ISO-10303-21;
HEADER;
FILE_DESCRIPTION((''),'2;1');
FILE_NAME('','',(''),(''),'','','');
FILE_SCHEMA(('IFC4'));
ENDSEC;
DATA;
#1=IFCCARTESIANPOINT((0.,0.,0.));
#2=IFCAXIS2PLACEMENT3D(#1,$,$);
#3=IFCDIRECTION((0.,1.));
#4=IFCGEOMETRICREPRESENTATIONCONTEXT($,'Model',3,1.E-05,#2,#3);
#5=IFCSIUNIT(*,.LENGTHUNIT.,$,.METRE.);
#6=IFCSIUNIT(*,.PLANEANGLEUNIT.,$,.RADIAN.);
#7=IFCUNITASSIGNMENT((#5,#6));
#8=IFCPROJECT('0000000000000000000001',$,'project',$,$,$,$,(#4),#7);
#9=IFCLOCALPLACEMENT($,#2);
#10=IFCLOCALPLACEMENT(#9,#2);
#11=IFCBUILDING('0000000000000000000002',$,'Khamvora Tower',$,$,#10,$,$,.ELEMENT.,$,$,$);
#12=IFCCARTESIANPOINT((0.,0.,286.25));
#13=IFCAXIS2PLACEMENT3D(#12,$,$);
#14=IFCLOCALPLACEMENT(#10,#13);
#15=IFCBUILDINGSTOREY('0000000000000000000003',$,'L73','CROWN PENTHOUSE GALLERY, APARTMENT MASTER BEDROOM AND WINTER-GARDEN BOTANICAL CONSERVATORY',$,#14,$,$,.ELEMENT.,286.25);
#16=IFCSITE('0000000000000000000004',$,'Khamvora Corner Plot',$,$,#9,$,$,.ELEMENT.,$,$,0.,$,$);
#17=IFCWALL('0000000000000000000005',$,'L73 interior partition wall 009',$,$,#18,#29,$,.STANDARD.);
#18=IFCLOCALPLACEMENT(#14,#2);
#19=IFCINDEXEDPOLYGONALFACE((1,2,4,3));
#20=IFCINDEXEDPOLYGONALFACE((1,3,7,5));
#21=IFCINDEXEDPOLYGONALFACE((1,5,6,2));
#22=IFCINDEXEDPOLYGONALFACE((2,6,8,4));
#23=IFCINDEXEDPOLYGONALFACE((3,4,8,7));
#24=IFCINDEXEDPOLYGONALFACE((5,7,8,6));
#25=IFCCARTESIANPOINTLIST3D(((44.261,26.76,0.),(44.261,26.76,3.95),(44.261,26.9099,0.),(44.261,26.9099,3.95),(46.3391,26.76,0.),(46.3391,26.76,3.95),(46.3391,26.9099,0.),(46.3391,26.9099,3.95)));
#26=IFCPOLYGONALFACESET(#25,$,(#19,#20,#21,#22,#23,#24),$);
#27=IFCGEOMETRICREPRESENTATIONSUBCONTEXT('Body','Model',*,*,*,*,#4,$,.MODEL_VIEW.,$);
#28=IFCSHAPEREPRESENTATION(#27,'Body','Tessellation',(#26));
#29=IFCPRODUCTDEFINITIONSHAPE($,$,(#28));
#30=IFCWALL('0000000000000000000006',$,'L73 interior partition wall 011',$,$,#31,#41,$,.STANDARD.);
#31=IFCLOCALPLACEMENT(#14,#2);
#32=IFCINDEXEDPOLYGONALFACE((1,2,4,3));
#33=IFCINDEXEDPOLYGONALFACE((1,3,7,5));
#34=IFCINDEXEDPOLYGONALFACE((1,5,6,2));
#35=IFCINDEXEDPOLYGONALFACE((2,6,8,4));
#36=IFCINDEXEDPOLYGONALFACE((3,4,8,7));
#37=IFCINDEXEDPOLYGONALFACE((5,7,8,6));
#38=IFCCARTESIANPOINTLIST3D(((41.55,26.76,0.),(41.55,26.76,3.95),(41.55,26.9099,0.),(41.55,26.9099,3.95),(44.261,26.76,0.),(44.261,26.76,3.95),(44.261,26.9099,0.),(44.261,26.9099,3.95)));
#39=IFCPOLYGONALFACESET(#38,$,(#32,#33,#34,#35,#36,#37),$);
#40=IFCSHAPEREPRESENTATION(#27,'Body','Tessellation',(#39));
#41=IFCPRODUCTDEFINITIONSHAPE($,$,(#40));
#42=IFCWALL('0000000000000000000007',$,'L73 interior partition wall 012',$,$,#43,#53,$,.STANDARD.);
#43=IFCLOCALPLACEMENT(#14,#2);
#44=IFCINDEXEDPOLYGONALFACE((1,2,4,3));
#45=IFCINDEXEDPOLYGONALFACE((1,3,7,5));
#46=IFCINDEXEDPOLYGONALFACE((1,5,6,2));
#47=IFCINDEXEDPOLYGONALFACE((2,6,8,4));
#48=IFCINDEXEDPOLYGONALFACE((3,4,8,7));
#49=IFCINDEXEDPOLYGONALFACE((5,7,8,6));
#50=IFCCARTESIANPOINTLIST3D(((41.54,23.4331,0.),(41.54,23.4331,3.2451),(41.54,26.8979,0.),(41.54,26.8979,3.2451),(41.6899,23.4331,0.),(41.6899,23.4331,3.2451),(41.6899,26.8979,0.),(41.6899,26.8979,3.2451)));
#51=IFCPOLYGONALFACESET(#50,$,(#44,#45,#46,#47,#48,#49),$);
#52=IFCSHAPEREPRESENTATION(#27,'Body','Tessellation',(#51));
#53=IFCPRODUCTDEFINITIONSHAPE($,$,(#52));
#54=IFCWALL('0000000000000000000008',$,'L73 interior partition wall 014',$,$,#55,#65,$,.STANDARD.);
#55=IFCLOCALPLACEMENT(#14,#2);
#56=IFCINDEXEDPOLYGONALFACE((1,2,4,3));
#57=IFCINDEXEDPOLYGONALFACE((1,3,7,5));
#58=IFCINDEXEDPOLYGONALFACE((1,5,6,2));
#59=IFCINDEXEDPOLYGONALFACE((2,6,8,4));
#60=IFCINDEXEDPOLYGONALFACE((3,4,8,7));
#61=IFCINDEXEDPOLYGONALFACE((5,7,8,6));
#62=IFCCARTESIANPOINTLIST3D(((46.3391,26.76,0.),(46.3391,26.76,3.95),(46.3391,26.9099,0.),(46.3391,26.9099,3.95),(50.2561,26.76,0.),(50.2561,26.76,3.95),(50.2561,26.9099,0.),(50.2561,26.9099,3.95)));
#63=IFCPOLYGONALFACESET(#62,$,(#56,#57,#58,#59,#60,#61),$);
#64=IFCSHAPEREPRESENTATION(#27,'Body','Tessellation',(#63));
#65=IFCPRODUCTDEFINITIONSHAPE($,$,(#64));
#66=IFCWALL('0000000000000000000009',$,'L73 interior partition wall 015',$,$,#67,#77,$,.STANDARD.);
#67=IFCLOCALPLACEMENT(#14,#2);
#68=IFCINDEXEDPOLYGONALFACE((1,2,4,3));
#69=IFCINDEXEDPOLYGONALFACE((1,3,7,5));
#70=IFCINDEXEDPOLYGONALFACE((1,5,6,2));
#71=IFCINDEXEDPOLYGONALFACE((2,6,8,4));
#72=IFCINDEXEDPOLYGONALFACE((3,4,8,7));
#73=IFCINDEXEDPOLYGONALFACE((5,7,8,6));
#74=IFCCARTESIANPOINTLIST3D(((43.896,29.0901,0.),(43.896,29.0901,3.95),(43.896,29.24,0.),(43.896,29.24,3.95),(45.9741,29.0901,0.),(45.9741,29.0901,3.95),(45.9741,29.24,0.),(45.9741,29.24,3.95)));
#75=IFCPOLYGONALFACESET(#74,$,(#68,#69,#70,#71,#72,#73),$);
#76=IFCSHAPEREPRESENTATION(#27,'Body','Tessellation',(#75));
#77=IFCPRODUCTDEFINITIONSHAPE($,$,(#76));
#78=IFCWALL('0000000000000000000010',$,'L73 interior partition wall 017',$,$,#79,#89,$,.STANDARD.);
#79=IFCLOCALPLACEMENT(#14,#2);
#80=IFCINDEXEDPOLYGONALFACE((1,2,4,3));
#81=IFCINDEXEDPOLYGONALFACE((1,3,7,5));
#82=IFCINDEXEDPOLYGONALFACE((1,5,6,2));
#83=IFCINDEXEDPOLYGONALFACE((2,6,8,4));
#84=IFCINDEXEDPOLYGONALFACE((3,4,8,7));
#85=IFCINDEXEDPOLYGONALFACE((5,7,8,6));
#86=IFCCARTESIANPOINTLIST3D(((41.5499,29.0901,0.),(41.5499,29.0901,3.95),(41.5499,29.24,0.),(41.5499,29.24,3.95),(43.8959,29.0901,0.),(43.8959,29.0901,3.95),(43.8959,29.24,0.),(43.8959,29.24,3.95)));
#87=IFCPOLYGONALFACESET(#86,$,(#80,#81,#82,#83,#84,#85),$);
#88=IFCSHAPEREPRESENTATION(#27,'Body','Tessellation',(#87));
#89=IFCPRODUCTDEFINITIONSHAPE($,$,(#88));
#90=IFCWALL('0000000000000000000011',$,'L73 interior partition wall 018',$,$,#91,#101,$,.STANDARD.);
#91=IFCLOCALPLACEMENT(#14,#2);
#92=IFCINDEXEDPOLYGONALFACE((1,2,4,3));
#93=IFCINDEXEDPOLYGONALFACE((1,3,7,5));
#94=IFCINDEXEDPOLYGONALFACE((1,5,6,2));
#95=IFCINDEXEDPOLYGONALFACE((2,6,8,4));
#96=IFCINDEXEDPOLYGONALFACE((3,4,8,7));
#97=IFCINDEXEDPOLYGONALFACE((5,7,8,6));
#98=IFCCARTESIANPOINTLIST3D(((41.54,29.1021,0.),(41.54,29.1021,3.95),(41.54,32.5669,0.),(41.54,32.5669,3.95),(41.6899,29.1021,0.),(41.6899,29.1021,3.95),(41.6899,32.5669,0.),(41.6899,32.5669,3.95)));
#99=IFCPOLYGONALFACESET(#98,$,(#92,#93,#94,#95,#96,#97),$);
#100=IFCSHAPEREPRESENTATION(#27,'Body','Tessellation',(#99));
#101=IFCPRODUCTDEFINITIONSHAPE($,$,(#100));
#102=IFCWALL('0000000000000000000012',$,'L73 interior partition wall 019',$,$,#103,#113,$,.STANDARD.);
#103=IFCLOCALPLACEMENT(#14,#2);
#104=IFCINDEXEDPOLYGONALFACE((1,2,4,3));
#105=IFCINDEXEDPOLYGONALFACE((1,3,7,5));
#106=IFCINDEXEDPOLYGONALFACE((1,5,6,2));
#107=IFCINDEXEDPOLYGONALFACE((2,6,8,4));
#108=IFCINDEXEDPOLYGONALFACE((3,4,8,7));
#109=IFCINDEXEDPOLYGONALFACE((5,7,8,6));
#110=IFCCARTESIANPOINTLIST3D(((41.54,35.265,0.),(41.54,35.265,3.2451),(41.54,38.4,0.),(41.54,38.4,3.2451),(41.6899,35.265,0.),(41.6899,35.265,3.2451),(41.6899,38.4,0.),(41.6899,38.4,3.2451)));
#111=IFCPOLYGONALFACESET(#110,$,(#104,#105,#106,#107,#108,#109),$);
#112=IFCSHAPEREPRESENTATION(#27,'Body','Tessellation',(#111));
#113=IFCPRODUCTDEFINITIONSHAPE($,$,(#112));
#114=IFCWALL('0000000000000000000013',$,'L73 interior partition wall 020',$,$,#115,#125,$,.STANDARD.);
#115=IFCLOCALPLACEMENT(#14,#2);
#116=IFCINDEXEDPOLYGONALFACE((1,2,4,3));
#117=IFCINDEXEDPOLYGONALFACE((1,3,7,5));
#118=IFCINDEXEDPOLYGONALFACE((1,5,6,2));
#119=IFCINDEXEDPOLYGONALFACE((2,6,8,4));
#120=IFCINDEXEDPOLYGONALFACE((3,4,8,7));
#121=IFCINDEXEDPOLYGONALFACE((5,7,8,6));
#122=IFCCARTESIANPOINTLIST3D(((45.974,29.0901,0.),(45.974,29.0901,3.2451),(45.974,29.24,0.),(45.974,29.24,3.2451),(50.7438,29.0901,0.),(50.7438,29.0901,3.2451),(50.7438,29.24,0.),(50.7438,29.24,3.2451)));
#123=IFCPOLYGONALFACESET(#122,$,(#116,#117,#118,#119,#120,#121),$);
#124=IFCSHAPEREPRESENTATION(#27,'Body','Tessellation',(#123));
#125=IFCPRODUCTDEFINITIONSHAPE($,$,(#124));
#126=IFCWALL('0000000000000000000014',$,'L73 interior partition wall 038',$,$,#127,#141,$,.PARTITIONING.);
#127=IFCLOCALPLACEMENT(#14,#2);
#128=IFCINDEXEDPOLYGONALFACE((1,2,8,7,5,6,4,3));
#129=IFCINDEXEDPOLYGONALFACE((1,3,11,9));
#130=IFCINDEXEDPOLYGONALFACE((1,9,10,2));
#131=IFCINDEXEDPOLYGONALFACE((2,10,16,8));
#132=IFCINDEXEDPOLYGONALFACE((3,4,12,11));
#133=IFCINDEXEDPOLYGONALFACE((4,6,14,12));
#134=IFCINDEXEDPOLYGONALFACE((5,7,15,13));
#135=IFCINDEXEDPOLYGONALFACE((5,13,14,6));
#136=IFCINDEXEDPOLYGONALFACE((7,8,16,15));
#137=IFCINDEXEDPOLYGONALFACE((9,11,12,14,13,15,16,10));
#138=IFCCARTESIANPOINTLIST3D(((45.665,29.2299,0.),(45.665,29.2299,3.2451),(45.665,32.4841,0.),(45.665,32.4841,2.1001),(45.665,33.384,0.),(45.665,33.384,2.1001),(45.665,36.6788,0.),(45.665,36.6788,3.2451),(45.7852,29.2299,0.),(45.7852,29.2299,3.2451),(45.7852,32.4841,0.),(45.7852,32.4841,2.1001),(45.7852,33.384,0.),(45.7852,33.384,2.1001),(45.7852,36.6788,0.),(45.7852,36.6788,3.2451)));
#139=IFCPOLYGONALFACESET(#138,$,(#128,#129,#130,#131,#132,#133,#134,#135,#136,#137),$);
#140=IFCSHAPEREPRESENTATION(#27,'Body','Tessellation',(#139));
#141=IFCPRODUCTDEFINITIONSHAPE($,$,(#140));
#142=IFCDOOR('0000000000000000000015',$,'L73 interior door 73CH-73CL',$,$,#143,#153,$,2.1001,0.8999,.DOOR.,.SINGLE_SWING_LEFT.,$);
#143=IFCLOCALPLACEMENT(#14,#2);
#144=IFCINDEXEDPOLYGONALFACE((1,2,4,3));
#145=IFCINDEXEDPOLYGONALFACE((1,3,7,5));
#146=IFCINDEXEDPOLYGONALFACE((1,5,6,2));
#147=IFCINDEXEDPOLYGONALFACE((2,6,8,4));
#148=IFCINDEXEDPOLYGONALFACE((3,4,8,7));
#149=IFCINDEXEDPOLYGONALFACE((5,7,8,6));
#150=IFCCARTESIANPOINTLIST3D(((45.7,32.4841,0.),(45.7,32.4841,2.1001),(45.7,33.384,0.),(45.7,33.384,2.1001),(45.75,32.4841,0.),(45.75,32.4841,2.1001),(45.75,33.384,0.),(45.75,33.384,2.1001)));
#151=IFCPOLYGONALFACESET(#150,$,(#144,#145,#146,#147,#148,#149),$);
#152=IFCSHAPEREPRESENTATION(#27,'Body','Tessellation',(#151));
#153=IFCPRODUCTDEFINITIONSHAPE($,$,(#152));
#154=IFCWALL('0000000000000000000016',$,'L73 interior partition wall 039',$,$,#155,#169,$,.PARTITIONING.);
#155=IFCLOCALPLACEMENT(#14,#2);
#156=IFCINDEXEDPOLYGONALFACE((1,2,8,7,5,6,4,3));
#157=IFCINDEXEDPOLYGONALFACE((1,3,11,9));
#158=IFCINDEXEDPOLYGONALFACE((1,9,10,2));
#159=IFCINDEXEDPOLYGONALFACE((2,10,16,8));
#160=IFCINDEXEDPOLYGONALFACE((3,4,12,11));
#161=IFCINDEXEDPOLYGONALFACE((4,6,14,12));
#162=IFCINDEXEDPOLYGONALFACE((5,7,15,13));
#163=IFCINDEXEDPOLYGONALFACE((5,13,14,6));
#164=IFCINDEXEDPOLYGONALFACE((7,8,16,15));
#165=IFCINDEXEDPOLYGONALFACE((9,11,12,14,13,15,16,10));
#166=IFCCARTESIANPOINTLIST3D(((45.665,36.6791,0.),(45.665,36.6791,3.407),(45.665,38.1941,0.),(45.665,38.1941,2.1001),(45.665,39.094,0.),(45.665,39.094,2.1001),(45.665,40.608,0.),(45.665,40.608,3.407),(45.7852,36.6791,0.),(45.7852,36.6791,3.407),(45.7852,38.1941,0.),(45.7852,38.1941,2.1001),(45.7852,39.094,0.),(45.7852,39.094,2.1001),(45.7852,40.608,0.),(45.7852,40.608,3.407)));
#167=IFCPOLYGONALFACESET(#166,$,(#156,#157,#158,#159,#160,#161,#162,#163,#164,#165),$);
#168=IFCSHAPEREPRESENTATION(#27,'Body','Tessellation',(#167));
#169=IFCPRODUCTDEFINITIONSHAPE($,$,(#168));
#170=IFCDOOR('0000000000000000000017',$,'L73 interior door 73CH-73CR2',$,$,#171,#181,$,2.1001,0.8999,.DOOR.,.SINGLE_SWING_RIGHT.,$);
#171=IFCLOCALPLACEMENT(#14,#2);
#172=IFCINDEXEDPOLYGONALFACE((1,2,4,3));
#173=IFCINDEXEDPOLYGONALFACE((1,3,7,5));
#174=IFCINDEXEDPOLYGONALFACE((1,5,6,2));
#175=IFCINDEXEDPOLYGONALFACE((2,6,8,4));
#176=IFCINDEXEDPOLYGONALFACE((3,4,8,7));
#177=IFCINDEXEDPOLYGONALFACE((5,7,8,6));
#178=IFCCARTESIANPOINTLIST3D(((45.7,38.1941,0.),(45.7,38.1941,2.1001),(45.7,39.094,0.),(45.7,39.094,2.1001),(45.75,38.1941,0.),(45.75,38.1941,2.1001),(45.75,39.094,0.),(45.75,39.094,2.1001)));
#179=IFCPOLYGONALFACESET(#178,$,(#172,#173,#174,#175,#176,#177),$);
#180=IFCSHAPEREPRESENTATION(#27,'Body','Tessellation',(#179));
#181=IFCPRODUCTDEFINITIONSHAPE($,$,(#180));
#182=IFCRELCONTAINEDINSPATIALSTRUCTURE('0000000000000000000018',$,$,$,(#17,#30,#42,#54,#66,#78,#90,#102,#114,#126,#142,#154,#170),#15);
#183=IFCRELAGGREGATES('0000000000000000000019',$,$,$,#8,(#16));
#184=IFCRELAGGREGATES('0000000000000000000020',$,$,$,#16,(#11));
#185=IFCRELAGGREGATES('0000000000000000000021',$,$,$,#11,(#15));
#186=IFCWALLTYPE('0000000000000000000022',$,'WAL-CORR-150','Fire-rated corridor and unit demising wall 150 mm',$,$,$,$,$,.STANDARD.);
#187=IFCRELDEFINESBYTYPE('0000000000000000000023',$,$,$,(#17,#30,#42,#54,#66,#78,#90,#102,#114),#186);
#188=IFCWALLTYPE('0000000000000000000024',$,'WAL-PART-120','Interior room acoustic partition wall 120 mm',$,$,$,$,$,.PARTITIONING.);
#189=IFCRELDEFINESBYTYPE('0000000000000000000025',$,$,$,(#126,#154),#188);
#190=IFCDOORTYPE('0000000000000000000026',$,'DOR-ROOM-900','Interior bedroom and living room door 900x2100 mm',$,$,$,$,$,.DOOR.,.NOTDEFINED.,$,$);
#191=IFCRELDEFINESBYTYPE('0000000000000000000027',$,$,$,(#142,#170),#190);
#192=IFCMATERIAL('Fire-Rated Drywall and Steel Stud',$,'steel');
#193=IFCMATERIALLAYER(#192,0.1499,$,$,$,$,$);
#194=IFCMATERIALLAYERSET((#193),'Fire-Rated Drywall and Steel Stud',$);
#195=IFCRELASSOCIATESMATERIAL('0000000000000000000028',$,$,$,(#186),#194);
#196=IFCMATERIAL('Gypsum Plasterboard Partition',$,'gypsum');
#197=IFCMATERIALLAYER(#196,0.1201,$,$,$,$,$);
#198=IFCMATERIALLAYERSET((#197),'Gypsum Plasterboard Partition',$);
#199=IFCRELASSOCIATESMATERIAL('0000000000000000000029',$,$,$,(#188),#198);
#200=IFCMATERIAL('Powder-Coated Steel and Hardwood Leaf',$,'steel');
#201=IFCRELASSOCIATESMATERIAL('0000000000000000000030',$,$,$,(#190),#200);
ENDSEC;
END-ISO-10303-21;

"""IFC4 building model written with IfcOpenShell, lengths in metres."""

from ifc_helpers import new_model, si_unit, direction, frame, frame_2d, origin, place, context, subcontext, project, spatial, rectangle, extrude, material, layer, layer_set, type_object, element, fill, save


model = new_model("IFC4")

# Units and contexts
model_context = context("Model", 3, precision=1e-05, world=origin(), true_north=direction((0.0, 1.0)))
body_context = subcontext(model_context, "Body", "Model", "MODEL_VIEW")
ifc_project = project(units=[si_unit("LENGTHUNIT", "METRE"), si_unit("PLANEANGLEUNIT", "RADIAN")], contexts=[model_context])

# Site, building, storey
site_placement = place(None, origin())
site = spatial("IfcSite", under=ifc_project, at=site_placement, Name="Khamvora Corner Plot", CompositionType="ELEMENT", RefElevation=0.0)
building_placement = place(site_placement, origin())
building = spatial("IfcBuilding", under=site, at=building_placement, Name="Khamvora Tower", CompositionType="ELEMENT")
storey_placement = place(building_placement, frame((0.0, 0.0, 286.25)))
storey = spatial("IfcBuildingStorey", under=building, at=storey_placement, Name="L73", Description="CROWN PENTHOUSE GALLERY, APARTMENT MASTER BEDROOM AND WINTER-GARDEN BOTANICAL CONSERVATORY", CompositionType="ELEMENT", Elevation=286.25)

# Walls
ifc_material_1 = material(Name="Fire-Rated Drywall and Steel Stud", Category="steel")
ifc_layer_1 = layer(ifc_material_1, 0.1499)
ifc_layer_set_1 = layer_set([ifc_layer_1], Name="Fire-Rated Drywall and Steel Stud")
wall_type_1 = type_object("IfcWallType", Name="WAL-CORR-150", Description="Fire-rated corridor and unit demising wall 150 mm", PredefinedType="STANDARD", material=ifc_layer_set_1)
wall_1_placement = place(storey_placement, frame((46.3391, 26.835, 0.0), z_axis=(0.0, 0.0, 1.0), x_axis=(-1.0, 0.0, 0.0)))
element("IfcWall", 1, at=wall_1_placement, inside=storey, type_object=wall_type_1, Name="L73 interior partition wall 009", PredefinedType="STANDARD", context=body_context, shape_type="SweptSolid", body=[
    extrude(rectangle(XDim=2.0781, YDim=0.1499, at=frame_2d((1.0391, 0.0))), origin(), (0.0, 0.0, 1.0), 3.95),
])
wall_2_placement = place(storey_placement, frame((44.261, 26.835, 0.0), z_axis=(0.0, 0.0, 1.0), x_axis=(-1.0, 0.0, 0.0)))
element("IfcWall", 2, at=wall_2_placement, inside=storey, type_object=wall_type_1, Name="L73 interior partition wall 011", PredefinedType="STANDARD", context=body_context, shape_type="SweptSolid", body=[
    extrude(rectangle(XDim=2.7109, YDim=0.1499, at=frame_2d((1.3555, 0.0))), origin(), (0.0, 0.0, 1.0), 3.95),
])
wall_3_placement = place(storey_placement, frame((41.615, 26.8979, 0.0), z_axis=(0.0, 0.0, 1.0), x_axis=(0.0, -1.0, 0.0)))
element("IfcWall", 3, at=wall_3_placement, inside=storey, type_object=wall_type_1, Name="L73 interior partition wall 012", PredefinedType="STANDARD", context=body_context, shape_type="SweptSolid", body=[
    extrude(rectangle(XDim=3.4648, YDim=0.1499, at=frame_2d((1.7324, 0.0))), origin(), (0.0, 0.0, 1.0), 3.2451),
])
wall_4_placement = place(storey_placement, frame((50.2561, 26.835, 0.0), z_axis=(0.0, 0.0, 1.0), x_axis=(-1.0, 0.0, 0.0)))
element("IfcWall", 4, at=wall_4_placement, inside=storey, type_object=wall_type_1, Name="L73 interior partition wall 014", PredefinedType="STANDARD", context=body_context, shape_type="SweptSolid", body=[
    extrude(rectangle(XDim=3.917, YDim=0.1499, at=frame_2d((1.9585, 0.0))), origin(), (0.0, 0.0, 1.0), 3.95),
])
wall_5_placement = place(storey_placement, frame((43.896, 29.165, 0.0), z_axis=(0.0, 0.0, 1.0), x_axis=(1.0, 0.0, 0.0)))
element("IfcWall", 5, at=wall_5_placement, inside=storey, type_object=wall_type_1, Name="L73 interior partition wall 015", PredefinedType="STANDARD", context=body_context, shape_type="SweptSolid", body=[
    extrude(rectangle(XDim=2.0781, YDim=0.1499, at=frame_2d((1.0391, 0.0))), origin(), (0.0, 0.0, 1.0), 3.95),
])

# Shared definitions
ifc_material_2 = material(Name="Powder-Coated Steel and Hardwood Leaf", Category="steel")

# Walls
wall_6_placement = place(storey_placement, frame((41.55, 29.165, 0.0), z_axis=(0.0, 0.0, 1.0), x_axis=(1.0, 0.0, 0.0)))
element("IfcWall", 6, at=wall_6_placement, inside=storey, type_object=wall_type_1, Name="L73 interior partition wall 017", PredefinedType="STANDARD", context=body_context, shape_type="SweptSolid", body=[
    extrude(rectangle(XDim=2.3459, YDim=0.1499, at=frame_2d((1.1729, 0.0))), origin(), (0.0, 0.0, 1.0), 3.95),
])
wall_7_placement = place(storey_placement, frame((41.615, 32.5669, 0.0), z_axis=(0.0, 0.0, 1.0), x_axis=(0.0, -1.0, 0.0)))
element("IfcWall", 7, at=wall_7_placement, inside=storey, type_object=wall_type_1, Name="L73 interior partition wall 018", PredefinedType="STANDARD", context=body_context, shape_type="SweptSolid", body=[
    extrude(rectangle(XDim=3.4648, YDim=0.1499, at=frame_2d((1.7324, 0.0))), origin(), (0.0, 0.0, 1.0), 3.95),
])
wall_8_placement = place(storey_placement, frame((41.615, 38.3999, 0.0), z_axis=(0.0, 0.0, 1.0), x_axis=(0.0, -1.0, 0.0)))
element("IfcWall", 8, at=wall_8_placement, inside=storey, type_object=wall_type_1, Name="L73 interior partition wall 019", PredefinedType="STANDARD", context=body_context, shape_type="SweptSolid", body=[
    extrude(rectangle(XDim=3.135, YDim=0.1499, at=frame_2d((1.5674, 0.0))), origin(), (0.0, 0.0, 1.0), 3.2451),
])
wall_9_placement = place(storey_placement, frame((45.9741, 29.165, 0.0), z_axis=(0.0, 0.0, 1.0), x_axis=(1.0, 0.0, 0.0)))
element("IfcWall", 9, at=wall_9_placement, inside=storey, type_object=wall_type_1, Name="L73 interior partition wall 020", PredefinedType="STANDARD", context=body_context, shape_type="SweptSolid", body=[
    extrude(rectangle(XDim=4.7698, YDim=0.1499, at=frame_2d((2.3848, 0.0))), origin(), (0.0, 0.0, 1.0), 3.2451),
])

# Walls, openings, doors
ifc_material_3 = material(Name="Gypsum Plasterboard Partition", Category="gypsum")
ifc_layer_2 = layer(ifc_material_3, 0.1201)
ifc_layer_set_2 = layer_set([ifc_layer_2], Name="Gypsum Plasterboard Partition")
wall_type_2 = type_object("IfcWallType", Name="WAL-PART-120", Description="Interior room acoustic partition wall 120 mm", PredefinedType="PARTITIONING", material=ifc_layer_set_2)
wall_10_placement = place(storey_placement, frame((45.7251, 36.679, 0.0), z_axis=(0.0, 0.0, 1.0), x_axis=(0.0, -1.0, 0.0)))
wall_10 = element("IfcWall", 10, at=wall_10_placement, inside=storey, type_object=wall_type_2, Name="L73 interior partition wall 038", PredefinedType="PARTITIONING", context=body_context, shape_type="SweptSolid", body=[
    extrude(rectangle(XDim=7.449, YDim=0.1201, at=frame_2d((3.7246, 0.0))), origin(), (0.0, 0.0, 1.0), 3.2451),
])
opening_1_placement = place(wall_10_placement, frame((3.2949, 0.0, 0.0)))
opening_1 = element("IfcOpeningElement", 11, at=opening_1_placement, cuts=wall_10, PredefinedType="OPENING", context=body_context, shape_type="SweptSolid", body=[
    extrude(rectangle(XDim=0.8999, YDim=2.1001, at=frame_2d((0.45, 1.05))), frame((0.0, 0.0701, 0.0), z_axis=(0.0, -1.0, 0.0), x_axis=(1.0, 0.0, 0.0)), (0.0, 0.0, 1.0), 0.1401),
])
door_type_1 = type_object("IfcDoorType", Name="DOR-ROOM-900", Description="Interior bedroom and living room door 900x2100 mm", OperationType="NOTDEFINED", PredefinedType="DOOR", material=ifc_material_2)
door_1_placement = place(opening_1_placement, origin())
door_1 = element("IfcDoor", 12, at=door_1_placement, inside=storey, type_object=door_type_1, Name="L73 interior door 73CH-73CL", OperationType="SINGLE_SWING_LEFT", OverallHeight=2.1001, OverallWidth=0.8999, PredefinedType="DOOR", context=body_context, shape_type="SweptSolid", body=[
    extrude(rectangle(XDim=0.8999, YDim=2.1001, at=frame_2d((0.45, 1.05))), frame((0.0, 0.0249, 0.0), z_axis=(0.0, -1.0, 0.0), x_axis=(1.0, 0.0, 0.0)), (0.0, 0.0, 1.0), 0.05),
])
fill(opening_1, door_1)
wall_11_placement = place(storey_placement, frame((45.7251, 40.6079, 0.0), z_axis=(0.0, 0.0, 1.0), x_axis=(0.0, -1.0, 0.0)))
wall_11 = element("IfcWall", 13, at=wall_11_placement, inside=storey, type_object=wall_type_2, Name="L73 interior partition wall 039", PredefinedType="PARTITIONING", context=body_context, shape_type="SweptSolid", body=[
    extrude(rectangle(XDim=3.929, YDim=0.1201, at=frame_2d((1.9644, 0.0))), origin(), (0.0, 0.0, 1.0), 3.407),
])
opening_2_placement = place(wall_11_placement, frame((1.5139, 0.0, 0.0)))
opening_2 = element("IfcOpeningElement", 14, at=opening_2_placement, cuts=wall_11, PredefinedType="OPENING", context=body_context, shape_type="SweptSolid", body=[
    extrude(rectangle(XDim=0.8999, YDim=2.1001, at=frame_2d((0.45, 1.05))), frame((0.0, 0.0701, 0.0), z_axis=(0.0, -1.0, 0.0), x_axis=(1.0, 0.0, 0.0)), (0.0, 0.0, 1.0), 0.1401),
])
door_2_placement = place(opening_2_placement, origin())
door_2 = element("IfcDoor", 15, at=door_2_placement, inside=storey, type_object=door_type_1, Name="L73 interior door 73CH-73CR2", OperationType="SINGLE_SWING_RIGHT", OverallHeight=2.1001, OverallWidth=0.8999, PredefinedType="DOOR", context=body_context, shape_type="SweptSolid", body=[
    extrude(rectangle(XDim=0.8999, YDim=2.1001, at=frame_2d((0.45, 1.05))), frame((0.0, 0.0249, 0.0), z_axis=(0.0, -1.0, 0.0), x_axis=(1.0, 0.0, 0.0)), (0.0, 0.0, 1.0), 0.05),
])
fill(opening_2, door_2)

save(model, "model.ifc")
